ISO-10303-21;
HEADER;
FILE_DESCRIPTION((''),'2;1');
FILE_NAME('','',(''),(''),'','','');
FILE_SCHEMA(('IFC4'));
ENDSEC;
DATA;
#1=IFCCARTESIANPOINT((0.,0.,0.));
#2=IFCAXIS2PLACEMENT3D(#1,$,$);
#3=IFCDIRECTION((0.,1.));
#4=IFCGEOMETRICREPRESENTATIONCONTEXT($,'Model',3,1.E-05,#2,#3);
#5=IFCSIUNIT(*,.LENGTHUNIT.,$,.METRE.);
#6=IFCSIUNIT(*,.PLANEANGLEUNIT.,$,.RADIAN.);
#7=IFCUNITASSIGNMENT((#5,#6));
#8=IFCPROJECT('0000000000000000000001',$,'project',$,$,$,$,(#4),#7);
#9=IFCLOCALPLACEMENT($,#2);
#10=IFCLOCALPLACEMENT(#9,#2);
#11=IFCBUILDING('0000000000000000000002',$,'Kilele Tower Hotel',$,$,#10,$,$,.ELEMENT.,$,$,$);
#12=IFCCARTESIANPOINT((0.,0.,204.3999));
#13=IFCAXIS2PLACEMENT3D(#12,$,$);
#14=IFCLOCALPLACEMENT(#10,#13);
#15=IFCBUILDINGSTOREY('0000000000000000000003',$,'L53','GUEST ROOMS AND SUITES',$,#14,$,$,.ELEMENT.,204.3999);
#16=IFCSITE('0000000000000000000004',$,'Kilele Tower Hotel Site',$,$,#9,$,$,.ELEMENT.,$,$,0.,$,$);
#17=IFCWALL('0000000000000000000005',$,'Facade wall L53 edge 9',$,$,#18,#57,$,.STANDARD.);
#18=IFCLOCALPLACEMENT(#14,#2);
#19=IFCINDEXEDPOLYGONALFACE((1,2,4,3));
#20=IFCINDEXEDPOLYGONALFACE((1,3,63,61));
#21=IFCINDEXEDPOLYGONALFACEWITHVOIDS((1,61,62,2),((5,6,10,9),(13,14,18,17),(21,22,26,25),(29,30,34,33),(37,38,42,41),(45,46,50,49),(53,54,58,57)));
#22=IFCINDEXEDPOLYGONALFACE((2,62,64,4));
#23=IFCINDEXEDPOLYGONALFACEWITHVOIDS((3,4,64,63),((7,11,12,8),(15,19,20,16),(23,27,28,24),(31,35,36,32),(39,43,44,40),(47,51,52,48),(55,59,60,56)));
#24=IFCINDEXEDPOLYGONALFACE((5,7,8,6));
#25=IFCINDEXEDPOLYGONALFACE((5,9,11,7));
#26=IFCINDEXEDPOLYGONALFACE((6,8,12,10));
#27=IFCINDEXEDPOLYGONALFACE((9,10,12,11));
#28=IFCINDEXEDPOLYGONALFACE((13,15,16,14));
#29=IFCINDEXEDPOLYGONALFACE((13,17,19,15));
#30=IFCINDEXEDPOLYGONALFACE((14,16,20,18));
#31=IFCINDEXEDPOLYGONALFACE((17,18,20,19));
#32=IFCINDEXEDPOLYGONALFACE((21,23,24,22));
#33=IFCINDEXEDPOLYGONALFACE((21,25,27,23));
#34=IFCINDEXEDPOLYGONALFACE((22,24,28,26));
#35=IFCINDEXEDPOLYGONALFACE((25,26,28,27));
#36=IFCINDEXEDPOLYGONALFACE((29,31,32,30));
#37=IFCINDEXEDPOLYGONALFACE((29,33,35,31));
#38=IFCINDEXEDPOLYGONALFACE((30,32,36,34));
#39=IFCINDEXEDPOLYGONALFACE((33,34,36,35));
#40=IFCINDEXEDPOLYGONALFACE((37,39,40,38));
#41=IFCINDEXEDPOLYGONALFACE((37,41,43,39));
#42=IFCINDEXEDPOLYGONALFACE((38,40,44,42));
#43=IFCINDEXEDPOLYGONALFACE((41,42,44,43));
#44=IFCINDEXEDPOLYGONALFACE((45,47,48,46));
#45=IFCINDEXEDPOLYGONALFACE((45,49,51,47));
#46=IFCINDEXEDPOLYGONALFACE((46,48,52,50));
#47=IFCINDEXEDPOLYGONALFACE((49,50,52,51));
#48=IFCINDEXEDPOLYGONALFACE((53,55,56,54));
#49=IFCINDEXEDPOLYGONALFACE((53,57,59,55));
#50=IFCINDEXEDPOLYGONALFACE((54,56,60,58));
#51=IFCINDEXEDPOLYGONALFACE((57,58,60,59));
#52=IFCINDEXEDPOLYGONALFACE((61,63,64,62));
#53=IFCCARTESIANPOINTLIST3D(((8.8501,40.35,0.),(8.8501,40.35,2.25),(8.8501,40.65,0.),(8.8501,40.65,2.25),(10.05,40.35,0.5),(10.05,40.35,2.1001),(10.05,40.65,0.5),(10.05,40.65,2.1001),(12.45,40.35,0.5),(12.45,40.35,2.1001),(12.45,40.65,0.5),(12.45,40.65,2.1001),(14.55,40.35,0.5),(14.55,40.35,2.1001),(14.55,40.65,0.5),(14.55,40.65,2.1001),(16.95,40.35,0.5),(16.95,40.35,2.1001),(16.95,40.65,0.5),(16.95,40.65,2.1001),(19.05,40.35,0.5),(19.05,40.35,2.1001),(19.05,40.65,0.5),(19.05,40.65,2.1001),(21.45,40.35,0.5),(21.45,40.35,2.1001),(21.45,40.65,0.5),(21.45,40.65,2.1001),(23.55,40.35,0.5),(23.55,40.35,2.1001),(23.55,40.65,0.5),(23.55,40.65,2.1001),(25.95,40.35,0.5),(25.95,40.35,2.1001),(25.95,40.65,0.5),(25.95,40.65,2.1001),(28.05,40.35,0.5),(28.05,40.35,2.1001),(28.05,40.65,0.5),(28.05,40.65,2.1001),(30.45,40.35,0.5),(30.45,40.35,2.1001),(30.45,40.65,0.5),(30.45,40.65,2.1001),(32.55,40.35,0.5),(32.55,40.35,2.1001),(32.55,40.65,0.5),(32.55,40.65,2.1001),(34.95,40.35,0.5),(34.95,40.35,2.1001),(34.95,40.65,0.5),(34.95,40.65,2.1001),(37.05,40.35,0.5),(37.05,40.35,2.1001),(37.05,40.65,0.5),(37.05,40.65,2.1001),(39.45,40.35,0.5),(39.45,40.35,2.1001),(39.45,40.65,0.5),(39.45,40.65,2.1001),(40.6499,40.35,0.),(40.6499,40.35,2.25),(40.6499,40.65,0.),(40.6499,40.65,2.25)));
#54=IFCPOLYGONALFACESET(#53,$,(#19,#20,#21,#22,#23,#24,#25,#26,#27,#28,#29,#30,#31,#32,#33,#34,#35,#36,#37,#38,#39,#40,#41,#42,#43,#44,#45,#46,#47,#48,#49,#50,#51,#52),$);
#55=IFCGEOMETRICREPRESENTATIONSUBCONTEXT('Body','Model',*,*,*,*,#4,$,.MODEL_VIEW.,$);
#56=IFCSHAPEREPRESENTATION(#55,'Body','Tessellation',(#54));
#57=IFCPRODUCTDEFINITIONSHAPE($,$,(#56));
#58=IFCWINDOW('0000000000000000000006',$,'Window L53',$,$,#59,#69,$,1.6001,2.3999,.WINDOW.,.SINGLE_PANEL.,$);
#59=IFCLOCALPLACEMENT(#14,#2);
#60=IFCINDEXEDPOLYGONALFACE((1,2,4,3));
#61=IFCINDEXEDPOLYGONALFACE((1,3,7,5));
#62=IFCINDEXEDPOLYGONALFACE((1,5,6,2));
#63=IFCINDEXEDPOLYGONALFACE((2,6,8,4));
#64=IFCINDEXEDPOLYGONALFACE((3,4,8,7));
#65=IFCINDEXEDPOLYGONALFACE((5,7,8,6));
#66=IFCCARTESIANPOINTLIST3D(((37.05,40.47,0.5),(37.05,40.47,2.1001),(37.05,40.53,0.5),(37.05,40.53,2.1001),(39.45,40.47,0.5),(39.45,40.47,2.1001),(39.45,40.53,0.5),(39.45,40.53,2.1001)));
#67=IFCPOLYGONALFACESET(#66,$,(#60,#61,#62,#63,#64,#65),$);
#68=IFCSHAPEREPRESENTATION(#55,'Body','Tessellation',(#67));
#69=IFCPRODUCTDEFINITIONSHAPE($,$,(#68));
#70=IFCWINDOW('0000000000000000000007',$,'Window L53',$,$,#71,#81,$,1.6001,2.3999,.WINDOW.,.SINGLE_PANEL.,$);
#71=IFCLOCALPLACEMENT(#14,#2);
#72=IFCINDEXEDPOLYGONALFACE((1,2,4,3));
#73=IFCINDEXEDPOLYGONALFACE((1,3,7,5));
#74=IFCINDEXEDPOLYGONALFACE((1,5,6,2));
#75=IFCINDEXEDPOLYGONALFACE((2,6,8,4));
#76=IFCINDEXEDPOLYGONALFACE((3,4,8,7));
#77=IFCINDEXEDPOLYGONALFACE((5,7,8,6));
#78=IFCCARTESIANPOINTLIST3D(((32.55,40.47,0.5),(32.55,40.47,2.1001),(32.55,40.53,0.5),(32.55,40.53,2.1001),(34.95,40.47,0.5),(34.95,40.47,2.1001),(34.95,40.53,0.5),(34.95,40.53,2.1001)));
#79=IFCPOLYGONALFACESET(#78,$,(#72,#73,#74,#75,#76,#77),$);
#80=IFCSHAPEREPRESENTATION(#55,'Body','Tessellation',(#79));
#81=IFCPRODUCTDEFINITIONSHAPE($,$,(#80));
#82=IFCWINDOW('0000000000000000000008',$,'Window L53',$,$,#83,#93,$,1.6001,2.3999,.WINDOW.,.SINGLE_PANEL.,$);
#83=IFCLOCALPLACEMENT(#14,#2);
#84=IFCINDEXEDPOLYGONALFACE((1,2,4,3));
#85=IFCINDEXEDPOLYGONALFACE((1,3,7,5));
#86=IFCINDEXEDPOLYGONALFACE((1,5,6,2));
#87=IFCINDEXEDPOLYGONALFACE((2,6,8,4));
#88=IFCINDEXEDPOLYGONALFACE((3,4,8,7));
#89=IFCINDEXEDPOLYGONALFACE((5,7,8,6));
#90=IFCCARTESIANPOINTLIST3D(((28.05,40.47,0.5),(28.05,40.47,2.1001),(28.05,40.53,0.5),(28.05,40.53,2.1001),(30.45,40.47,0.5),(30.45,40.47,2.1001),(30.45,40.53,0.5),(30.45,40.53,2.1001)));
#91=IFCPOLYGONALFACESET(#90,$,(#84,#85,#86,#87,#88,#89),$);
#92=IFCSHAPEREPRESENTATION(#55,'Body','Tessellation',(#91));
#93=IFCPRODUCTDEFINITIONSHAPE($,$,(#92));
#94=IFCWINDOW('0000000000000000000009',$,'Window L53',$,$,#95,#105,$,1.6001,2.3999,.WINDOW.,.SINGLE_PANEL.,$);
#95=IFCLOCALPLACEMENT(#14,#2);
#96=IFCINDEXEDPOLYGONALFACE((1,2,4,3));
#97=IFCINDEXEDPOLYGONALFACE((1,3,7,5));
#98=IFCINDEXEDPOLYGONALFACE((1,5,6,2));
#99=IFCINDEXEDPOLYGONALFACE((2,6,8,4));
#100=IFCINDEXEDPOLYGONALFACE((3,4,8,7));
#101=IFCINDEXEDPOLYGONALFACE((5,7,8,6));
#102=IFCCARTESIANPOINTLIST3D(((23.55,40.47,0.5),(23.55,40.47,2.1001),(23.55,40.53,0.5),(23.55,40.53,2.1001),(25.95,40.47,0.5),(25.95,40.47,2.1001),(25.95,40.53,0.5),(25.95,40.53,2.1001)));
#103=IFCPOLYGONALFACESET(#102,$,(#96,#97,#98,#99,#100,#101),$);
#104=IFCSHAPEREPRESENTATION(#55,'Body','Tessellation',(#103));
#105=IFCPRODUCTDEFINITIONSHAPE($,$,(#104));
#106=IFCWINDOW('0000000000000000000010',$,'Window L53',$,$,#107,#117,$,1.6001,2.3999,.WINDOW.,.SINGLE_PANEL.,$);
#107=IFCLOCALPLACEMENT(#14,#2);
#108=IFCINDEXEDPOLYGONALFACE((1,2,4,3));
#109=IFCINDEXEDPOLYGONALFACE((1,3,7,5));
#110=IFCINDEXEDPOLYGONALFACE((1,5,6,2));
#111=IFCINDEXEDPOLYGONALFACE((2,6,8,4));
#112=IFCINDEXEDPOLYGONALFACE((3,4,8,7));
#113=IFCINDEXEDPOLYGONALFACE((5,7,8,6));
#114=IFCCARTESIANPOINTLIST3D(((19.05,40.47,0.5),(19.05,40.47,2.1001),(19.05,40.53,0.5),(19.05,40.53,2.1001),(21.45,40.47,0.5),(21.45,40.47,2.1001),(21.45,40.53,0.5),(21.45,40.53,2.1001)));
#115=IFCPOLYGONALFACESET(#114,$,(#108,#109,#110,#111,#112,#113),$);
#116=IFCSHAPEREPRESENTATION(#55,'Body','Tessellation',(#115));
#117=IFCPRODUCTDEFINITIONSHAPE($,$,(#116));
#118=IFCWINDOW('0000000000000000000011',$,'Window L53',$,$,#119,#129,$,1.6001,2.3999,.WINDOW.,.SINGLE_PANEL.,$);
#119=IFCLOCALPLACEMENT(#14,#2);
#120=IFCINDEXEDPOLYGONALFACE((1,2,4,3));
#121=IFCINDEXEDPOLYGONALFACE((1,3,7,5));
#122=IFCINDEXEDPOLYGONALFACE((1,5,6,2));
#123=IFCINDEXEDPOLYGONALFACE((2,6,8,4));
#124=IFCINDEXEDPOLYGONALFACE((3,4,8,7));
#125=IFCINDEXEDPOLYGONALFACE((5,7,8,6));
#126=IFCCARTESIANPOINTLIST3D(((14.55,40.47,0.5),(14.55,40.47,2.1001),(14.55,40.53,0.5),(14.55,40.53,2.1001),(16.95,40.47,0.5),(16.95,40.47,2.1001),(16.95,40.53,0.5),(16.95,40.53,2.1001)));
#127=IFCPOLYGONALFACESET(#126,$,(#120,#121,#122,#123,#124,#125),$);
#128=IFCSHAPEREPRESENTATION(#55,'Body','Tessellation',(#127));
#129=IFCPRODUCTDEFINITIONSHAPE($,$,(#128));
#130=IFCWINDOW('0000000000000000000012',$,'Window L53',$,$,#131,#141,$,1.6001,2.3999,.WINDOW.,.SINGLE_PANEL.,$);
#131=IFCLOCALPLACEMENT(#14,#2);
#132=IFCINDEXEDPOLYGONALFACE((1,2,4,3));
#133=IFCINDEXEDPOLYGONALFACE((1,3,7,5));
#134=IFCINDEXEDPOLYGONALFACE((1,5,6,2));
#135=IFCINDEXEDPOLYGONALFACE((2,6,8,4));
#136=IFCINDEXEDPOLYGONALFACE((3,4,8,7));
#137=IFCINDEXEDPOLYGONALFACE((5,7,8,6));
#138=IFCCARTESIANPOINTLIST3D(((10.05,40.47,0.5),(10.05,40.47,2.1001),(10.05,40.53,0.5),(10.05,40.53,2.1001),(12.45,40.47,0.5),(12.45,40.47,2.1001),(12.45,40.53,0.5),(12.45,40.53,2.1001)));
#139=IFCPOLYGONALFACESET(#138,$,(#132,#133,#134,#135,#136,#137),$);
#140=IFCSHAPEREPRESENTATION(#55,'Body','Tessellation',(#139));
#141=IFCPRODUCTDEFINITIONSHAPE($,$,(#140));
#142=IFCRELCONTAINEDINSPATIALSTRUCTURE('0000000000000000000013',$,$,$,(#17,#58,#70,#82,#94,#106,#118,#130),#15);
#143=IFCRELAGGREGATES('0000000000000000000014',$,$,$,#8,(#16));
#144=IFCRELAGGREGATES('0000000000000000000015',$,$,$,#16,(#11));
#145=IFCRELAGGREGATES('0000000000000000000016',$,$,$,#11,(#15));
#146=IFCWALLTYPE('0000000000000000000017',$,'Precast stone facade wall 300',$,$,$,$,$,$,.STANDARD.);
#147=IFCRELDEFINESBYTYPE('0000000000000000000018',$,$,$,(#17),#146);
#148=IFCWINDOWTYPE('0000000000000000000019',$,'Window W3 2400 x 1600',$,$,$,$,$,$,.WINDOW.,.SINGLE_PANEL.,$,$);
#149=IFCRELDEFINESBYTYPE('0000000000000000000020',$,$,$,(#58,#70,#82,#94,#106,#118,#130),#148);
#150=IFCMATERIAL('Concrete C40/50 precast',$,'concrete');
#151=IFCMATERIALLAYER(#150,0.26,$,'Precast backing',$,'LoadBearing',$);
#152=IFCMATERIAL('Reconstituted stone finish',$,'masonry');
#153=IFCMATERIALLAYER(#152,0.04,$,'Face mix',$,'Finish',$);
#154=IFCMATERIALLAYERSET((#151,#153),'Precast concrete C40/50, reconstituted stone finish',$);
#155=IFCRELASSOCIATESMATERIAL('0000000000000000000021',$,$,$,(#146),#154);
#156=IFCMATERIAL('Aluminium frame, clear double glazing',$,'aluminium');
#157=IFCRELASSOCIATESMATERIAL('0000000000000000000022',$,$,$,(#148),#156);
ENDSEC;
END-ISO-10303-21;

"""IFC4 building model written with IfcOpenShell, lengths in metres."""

from ifc_helpers import new_model, si_unit, direction, frame, frame_2d, origin, place, context, subcontext, project, spatial, rectangle, extrude, material, layer, layer_set, type_object, element, fill, save


model = new_model("IFC4")

# Units and contexts
model_context = context("Model", 3, precision=1e-05, world=origin(), true_north=direction((0.0, 1.0)))
body_context = subcontext(model_context, "Body", "Model", "MODEL_VIEW")
ifc_project = project(units=[si_unit("LENGTHUNIT", "METRE"), si_unit("PLANEANGLEUNIT", "RADIAN")], contexts=[model_context])

# Site, building, storey
site_placement = place(None, origin())
site = spatial("IfcSite", under=ifc_project, at=site_placement, Name="Kilele Tower Hotel Site", CompositionType="ELEMENT", RefElevation=0.0)
building_placement = place(site_placement, origin())
building = spatial("IfcBuilding", under=site, at=building_placement, Name="Kilele Tower Hotel", CompositionType="ELEMENT")
storey_placement = place(building_placement, frame((0.0, 0.0, 204.3999)))
storey = spatial("IfcBuildingStorey", under=building, at=storey_placement, Name="L53", Description="GUEST ROOMS AND SUITES", CompositionType="ELEMENT", Elevation=204.3999)

# Shared definitions
ifc_material_1 = material(Name="Concrete C40/50 precast", Category="concrete")
ifc_layer_1 = layer(ifc_material_1, 0.26, Name="Precast backing", Category="LoadBearing")
ifc_material_2 = material(Name="Reconstituted stone finish", Category="masonry")
ifc_layer_2 = layer(ifc_material_2, 0.04, Name="Face mix", Category="Finish")
ifc_layer_set_1 = layer_set([ifc_layer_1, ifc_layer_2], Name="Precast concrete C40/50, reconstituted stone finish")
wall_type_1 = type_object("IfcWallType", Name="Precast stone facade wall 300", PredefinedType="STANDARD", material=ifc_layer_set_1)
ifc_material_3 = material(Name="Aluminium frame, clear double glazing", Category="aluminium")
window_type = type_object("IfcWindowType", Name="Window W3 2400 x 1600", PartitioningType="SINGLE_PANEL", PredefinedType="WINDOW", material=ifc_material_3)

# Wall, openings, windows
wall_1_placement = place(storey_placement, frame((40.6499, 40.5, 0.0), z_axis=(0.0, 0.0, 1.0), x_axis=(-1.0, 0.0, 0.0)))
wall_1 = element("IfcWall", 1, at=wall_1_placement, inside=storey, type_object=wall_type_1, Name="Facade wall L53 edge 9", PredefinedType="STANDARD", context=body_context, shape_type="SweptSolid", body=[
    extrude(rectangle(XDim=31.7998, YDim=0.3, at=frame_2d((15.8999, 0.0))), origin(), (0.0, 0.0, 1.0), 2.25),
])
opening_1_placement = place(wall_1_placement, frame((1.2, 0.0, 0.5)))
opening_1 = element("IfcOpeningElement", 2, at=opening_1_placement, cuts=wall_1, PredefinedType="OPENING", context=body_context, shape_type="SweptSolid", body=[
    extrude(rectangle(XDim=2.3999, YDim=1.6001, at=frame_2d((1.2, 0.8))), frame((0.0, 0.1599, 0.0), z_axis=(0.0, -1.0, 0.0), x_axis=(1.0, 0.0, 0.0)), (0.0, 0.0, 1.0), 0.3201),
])
opening_2_placement = place(wall_1_placement, frame((5.7, 0.0, 0.5)))
opening_2 = element("IfcOpeningElement", 3, at=opening_2_placement, cuts=wall_1, PredefinedType="OPENING", context=body_context, shape_type="SweptSolid", body=[
    extrude(rectangle(XDim=2.3999, YDim=1.6001, at=frame_2d((1.2, 0.8))), frame((0.0, 0.1599, 0.0), z_axis=(0.0, -1.0, 0.0), x_axis=(1.0, 0.0, 0.0)), (0.0, 0.0, 1.0), 0.3201),
])
opening_3_placement = place(wall_1_placement, frame((10.2, 0.0, 0.5)))
opening_3 = element("IfcOpeningElement", 4, at=opening_3_placement, cuts=wall_1, PredefinedType="OPENING", context=body_context, shape_type="SweptSolid", body=[
    extrude(rectangle(XDim=2.3999, YDim=1.6001, at=frame_2d((1.2, 0.8))), frame((0.0, 0.1599, 0.0), z_axis=(0.0, -1.0, 0.0), x_axis=(1.0, 0.0, 0.0)), (0.0, 0.0, 1.0), 0.3201),
])
opening_4_placement = place(wall_1_placement, frame((14.7, 0.0, 0.5)))
opening_4 = element("IfcOpeningElement", 5, at=opening_4_placement, cuts=wall_1, PredefinedType="OPENING", context=body_context, shape_type="SweptSolid", body=[
    extrude(rectangle(XDim=2.3999, YDim=1.6001, at=frame_2d((1.2, 0.8))), frame((0.0, 0.1599, 0.0), z_axis=(0.0, -1.0, 0.0), x_axis=(1.0, 0.0, 0.0)), (0.0, 0.0, 1.0), 0.3201),
])
opening_5_placement = place(wall_1_placement, frame((19.2, 0.0, 0.5)))
opening_5 = element("IfcOpeningElement", 6, at=opening_5_placement, cuts=wall_1, PredefinedType="OPENING", context=body_context, shape_type="SweptSolid", body=[
    extrude(rectangle(XDim=2.3999, YDim=1.6001, at=frame_2d((1.2, 0.8))), frame((0.0, 0.1599, 0.0), z_axis=(0.0, -1.0, 0.0), x_axis=(1.0, 0.0, 0.0)), (0.0, 0.0, 1.0), 0.3201),
])
opening_6_placement = place(wall_1_placement, frame((23.7, 0.0, 0.5)))
opening_6 = element("IfcOpeningElement", 7, at=opening_6_placement, cuts=wall_1, PredefinedType="OPENING", context=body_context, shape_type="SweptSolid", body=[
    extrude(rectangle(XDim=2.3999, YDim=1.6001, at=frame_2d((1.2, 0.8))), frame((0.0, 0.1599, 0.0), z_axis=(0.0, -1.0, 0.0), x_axis=(1.0, 0.0, 0.0)), (0.0, 0.0, 1.0), 0.3201),
])
opening_7_placement = place(wall_1_placement, frame((28.2, 0.0, 0.5)))
opening_7 = element("IfcOpeningElement", 8, at=opening_7_placement, cuts=wall_1, PredefinedType="OPENING", context=body_context, shape_type="SweptSolid", body=[
    extrude(rectangle(XDim=2.3999, YDim=1.6001, at=frame_2d((1.2, 0.8))), frame((0.0, 0.1599, 0.0), z_axis=(0.0, -1.0, 0.0), x_axis=(1.0, 0.0, 0.0)), (0.0, 0.0, 1.0), 0.3201),
])
window_1_placement = place(opening_1_placement, origin())
window_1 = element("IfcWindow", 9, at=window_1_placement, inside=storey, type_object=window_type, Name="Window L53", OverallHeight=1.6001, OverallWidth=2.3999, PartitioningType="SINGLE_PANEL", PredefinedType="WINDOW", context=body_context, shape_type="SweptSolid", body=[
    extrude(rectangle(XDim=2.3999, YDim=1.6001, at=frame_2d((1.2, 0.8))), frame((0.0, 0.03, 0.0), z_axis=(0.0, -1.0, 0.0), x_axis=(1.0, 0.0, 0.0)), (0.0, 0.0, 1.0), 0.0601),
])
fill(opening_1, window_1)
window_2_placement = place(opening_2_placement, origin())
window_2 = element("IfcWindow", 10, at=window_2_placement, inside=storey, type_object=window_type, Name="Window L53", OverallHeight=1.6001, OverallWidth=2.3999, PartitioningType="SINGLE_PANEL", PredefinedType="WINDOW", context=body_context, shape_type="SweptSolid", body=[
    extrude(rectangle(XDim=2.3999, YDim=1.6001, at=frame_2d((1.2, 0.8))), frame((0.0, 0.03, 0.0), z_axis=(0.0, -1.0, 0.0), x_axis=(1.0, 0.0, 0.0)), (0.0, 0.0, 1.0), 0.0601),
])
fill(opening_2, window_2)
window_3_placement = place(opening_3_placement, origin())
window_3 = element("IfcWindow", 11, at=window_3_placement, inside=storey, type_object=window_type, Name="Window L53", OverallHeight=1.6001, OverallWidth=2.3999, PartitioningType="SINGLE_PANEL", PredefinedType="WINDOW", context=body_context, shape_type="SweptSolid", body=[
    extrude(rectangle(XDim=2.3999, YDim=1.6001, at=frame_2d((1.2, 0.8))), frame((0.0, 0.03, 0.0), z_axis=(0.0, -1.0, 0.0), x_axis=(1.0, 0.0, 0.0)), (0.0, 0.0, 1.0), 0.0601),
])
fill(opening_3, window_3)
window_4_placement = place(opening_4_placement, origin())
window_4 = element("IfcWindow", 12, at=window_4_placement, inside=storey, type_object=window_type, Name="Window L53", OverallHeight=1.6001, OverallWidth=2.3999, PartitioningType="SINGLE_PANEL", PredefinedType="WINDOW", context=body_context, shape_type="SweptSolid", body=[
    extrude(rectangle(XDim=2.3999, YDim=1.6001, at=frame_2d((1.2, 0.8))), frame((0.0, 0.03, 0.0), z_axis=(0.0, -1.0, 0.0), x_axis=(1.0, 0.0, 0.0)), (0.0, 0.0, 1.0), 0.0601),
])
fill(opening_4, window_4)
window_5_placement = place(opening_5_placement, origin())
window_5 = element("IfcWindow", 13, at=window_5_placement, inside=storey, type_object=window_type, Name="Window L53", OverallHeight=1.6001, OverallWidth=2.3999, PartitioningType="SINGLE_PANEL", PredefinedType="WINDOW", context=body_context, shape_type="SweptSolid", body=[
    extrude(rectangle(XDim=2.3999, YDim=1.6001, at=frame_2d((1.2, 0.8))), frame((0.0, 0.03, 0.0), z_axis=(0.0, -1.0, 0.0), x_axis=(1.0, 0.0, 0.0)), (0.0, 0.0, 1.0), 0.0601),
])
fill(opening_5, window_5)
window_6_placement = place(opening_6_placement, origin())
window_6 = element("IfcWindow", 14, at=window_6_placement, inside=storey, type_object=window_type, Name="Window L53", OverallHeight=1.6001, OverallWidth=2.3999, PartitioningType="SINGLE_PANEL", PredefinedType="WINDOW", context=body_context, shape_type="SweptSolid", body=[
    extrude(rectangle(XDim=2.3999, YDim=1.6001, at=frame_2d((1.2, 0.8))), frame((0.0, 0.03, 0.0), z_axis=(0.0, -1.0, 0.0), x_axis=(1.0, 0.0, 0.0)), (0.0, 0.0, 1.0), 0.0601),
])
fill(opening_6, window_6)
window_7_placement = place(opening_7_placement, origin())
window_7 = element("IfcWindow", 15, at=window_7_placement, inside=storey, type_object=window_type, Name="Window L53", OverallHeight=1.6001, OverallWidth=2.3999, PartitioningType="SINGLE_PANEL", PredefinedType="WINDOW", context=body_context, shape_type="SweptSolid", body=[
    extrude(rectangle(XDim=2.3999, YDim=1.6001, at=frame_2d((1.2, 0.8))), frame((0.0, 0.03, 0.0), z_axis=(0.0, -1.0, 0.0), x_axis=(1.0, 0.0, 0.0)), (0.0, 0.0, 1.0), 0.0601),
])
fill(opening_7, window_7)

save(model, "model.ifc")
